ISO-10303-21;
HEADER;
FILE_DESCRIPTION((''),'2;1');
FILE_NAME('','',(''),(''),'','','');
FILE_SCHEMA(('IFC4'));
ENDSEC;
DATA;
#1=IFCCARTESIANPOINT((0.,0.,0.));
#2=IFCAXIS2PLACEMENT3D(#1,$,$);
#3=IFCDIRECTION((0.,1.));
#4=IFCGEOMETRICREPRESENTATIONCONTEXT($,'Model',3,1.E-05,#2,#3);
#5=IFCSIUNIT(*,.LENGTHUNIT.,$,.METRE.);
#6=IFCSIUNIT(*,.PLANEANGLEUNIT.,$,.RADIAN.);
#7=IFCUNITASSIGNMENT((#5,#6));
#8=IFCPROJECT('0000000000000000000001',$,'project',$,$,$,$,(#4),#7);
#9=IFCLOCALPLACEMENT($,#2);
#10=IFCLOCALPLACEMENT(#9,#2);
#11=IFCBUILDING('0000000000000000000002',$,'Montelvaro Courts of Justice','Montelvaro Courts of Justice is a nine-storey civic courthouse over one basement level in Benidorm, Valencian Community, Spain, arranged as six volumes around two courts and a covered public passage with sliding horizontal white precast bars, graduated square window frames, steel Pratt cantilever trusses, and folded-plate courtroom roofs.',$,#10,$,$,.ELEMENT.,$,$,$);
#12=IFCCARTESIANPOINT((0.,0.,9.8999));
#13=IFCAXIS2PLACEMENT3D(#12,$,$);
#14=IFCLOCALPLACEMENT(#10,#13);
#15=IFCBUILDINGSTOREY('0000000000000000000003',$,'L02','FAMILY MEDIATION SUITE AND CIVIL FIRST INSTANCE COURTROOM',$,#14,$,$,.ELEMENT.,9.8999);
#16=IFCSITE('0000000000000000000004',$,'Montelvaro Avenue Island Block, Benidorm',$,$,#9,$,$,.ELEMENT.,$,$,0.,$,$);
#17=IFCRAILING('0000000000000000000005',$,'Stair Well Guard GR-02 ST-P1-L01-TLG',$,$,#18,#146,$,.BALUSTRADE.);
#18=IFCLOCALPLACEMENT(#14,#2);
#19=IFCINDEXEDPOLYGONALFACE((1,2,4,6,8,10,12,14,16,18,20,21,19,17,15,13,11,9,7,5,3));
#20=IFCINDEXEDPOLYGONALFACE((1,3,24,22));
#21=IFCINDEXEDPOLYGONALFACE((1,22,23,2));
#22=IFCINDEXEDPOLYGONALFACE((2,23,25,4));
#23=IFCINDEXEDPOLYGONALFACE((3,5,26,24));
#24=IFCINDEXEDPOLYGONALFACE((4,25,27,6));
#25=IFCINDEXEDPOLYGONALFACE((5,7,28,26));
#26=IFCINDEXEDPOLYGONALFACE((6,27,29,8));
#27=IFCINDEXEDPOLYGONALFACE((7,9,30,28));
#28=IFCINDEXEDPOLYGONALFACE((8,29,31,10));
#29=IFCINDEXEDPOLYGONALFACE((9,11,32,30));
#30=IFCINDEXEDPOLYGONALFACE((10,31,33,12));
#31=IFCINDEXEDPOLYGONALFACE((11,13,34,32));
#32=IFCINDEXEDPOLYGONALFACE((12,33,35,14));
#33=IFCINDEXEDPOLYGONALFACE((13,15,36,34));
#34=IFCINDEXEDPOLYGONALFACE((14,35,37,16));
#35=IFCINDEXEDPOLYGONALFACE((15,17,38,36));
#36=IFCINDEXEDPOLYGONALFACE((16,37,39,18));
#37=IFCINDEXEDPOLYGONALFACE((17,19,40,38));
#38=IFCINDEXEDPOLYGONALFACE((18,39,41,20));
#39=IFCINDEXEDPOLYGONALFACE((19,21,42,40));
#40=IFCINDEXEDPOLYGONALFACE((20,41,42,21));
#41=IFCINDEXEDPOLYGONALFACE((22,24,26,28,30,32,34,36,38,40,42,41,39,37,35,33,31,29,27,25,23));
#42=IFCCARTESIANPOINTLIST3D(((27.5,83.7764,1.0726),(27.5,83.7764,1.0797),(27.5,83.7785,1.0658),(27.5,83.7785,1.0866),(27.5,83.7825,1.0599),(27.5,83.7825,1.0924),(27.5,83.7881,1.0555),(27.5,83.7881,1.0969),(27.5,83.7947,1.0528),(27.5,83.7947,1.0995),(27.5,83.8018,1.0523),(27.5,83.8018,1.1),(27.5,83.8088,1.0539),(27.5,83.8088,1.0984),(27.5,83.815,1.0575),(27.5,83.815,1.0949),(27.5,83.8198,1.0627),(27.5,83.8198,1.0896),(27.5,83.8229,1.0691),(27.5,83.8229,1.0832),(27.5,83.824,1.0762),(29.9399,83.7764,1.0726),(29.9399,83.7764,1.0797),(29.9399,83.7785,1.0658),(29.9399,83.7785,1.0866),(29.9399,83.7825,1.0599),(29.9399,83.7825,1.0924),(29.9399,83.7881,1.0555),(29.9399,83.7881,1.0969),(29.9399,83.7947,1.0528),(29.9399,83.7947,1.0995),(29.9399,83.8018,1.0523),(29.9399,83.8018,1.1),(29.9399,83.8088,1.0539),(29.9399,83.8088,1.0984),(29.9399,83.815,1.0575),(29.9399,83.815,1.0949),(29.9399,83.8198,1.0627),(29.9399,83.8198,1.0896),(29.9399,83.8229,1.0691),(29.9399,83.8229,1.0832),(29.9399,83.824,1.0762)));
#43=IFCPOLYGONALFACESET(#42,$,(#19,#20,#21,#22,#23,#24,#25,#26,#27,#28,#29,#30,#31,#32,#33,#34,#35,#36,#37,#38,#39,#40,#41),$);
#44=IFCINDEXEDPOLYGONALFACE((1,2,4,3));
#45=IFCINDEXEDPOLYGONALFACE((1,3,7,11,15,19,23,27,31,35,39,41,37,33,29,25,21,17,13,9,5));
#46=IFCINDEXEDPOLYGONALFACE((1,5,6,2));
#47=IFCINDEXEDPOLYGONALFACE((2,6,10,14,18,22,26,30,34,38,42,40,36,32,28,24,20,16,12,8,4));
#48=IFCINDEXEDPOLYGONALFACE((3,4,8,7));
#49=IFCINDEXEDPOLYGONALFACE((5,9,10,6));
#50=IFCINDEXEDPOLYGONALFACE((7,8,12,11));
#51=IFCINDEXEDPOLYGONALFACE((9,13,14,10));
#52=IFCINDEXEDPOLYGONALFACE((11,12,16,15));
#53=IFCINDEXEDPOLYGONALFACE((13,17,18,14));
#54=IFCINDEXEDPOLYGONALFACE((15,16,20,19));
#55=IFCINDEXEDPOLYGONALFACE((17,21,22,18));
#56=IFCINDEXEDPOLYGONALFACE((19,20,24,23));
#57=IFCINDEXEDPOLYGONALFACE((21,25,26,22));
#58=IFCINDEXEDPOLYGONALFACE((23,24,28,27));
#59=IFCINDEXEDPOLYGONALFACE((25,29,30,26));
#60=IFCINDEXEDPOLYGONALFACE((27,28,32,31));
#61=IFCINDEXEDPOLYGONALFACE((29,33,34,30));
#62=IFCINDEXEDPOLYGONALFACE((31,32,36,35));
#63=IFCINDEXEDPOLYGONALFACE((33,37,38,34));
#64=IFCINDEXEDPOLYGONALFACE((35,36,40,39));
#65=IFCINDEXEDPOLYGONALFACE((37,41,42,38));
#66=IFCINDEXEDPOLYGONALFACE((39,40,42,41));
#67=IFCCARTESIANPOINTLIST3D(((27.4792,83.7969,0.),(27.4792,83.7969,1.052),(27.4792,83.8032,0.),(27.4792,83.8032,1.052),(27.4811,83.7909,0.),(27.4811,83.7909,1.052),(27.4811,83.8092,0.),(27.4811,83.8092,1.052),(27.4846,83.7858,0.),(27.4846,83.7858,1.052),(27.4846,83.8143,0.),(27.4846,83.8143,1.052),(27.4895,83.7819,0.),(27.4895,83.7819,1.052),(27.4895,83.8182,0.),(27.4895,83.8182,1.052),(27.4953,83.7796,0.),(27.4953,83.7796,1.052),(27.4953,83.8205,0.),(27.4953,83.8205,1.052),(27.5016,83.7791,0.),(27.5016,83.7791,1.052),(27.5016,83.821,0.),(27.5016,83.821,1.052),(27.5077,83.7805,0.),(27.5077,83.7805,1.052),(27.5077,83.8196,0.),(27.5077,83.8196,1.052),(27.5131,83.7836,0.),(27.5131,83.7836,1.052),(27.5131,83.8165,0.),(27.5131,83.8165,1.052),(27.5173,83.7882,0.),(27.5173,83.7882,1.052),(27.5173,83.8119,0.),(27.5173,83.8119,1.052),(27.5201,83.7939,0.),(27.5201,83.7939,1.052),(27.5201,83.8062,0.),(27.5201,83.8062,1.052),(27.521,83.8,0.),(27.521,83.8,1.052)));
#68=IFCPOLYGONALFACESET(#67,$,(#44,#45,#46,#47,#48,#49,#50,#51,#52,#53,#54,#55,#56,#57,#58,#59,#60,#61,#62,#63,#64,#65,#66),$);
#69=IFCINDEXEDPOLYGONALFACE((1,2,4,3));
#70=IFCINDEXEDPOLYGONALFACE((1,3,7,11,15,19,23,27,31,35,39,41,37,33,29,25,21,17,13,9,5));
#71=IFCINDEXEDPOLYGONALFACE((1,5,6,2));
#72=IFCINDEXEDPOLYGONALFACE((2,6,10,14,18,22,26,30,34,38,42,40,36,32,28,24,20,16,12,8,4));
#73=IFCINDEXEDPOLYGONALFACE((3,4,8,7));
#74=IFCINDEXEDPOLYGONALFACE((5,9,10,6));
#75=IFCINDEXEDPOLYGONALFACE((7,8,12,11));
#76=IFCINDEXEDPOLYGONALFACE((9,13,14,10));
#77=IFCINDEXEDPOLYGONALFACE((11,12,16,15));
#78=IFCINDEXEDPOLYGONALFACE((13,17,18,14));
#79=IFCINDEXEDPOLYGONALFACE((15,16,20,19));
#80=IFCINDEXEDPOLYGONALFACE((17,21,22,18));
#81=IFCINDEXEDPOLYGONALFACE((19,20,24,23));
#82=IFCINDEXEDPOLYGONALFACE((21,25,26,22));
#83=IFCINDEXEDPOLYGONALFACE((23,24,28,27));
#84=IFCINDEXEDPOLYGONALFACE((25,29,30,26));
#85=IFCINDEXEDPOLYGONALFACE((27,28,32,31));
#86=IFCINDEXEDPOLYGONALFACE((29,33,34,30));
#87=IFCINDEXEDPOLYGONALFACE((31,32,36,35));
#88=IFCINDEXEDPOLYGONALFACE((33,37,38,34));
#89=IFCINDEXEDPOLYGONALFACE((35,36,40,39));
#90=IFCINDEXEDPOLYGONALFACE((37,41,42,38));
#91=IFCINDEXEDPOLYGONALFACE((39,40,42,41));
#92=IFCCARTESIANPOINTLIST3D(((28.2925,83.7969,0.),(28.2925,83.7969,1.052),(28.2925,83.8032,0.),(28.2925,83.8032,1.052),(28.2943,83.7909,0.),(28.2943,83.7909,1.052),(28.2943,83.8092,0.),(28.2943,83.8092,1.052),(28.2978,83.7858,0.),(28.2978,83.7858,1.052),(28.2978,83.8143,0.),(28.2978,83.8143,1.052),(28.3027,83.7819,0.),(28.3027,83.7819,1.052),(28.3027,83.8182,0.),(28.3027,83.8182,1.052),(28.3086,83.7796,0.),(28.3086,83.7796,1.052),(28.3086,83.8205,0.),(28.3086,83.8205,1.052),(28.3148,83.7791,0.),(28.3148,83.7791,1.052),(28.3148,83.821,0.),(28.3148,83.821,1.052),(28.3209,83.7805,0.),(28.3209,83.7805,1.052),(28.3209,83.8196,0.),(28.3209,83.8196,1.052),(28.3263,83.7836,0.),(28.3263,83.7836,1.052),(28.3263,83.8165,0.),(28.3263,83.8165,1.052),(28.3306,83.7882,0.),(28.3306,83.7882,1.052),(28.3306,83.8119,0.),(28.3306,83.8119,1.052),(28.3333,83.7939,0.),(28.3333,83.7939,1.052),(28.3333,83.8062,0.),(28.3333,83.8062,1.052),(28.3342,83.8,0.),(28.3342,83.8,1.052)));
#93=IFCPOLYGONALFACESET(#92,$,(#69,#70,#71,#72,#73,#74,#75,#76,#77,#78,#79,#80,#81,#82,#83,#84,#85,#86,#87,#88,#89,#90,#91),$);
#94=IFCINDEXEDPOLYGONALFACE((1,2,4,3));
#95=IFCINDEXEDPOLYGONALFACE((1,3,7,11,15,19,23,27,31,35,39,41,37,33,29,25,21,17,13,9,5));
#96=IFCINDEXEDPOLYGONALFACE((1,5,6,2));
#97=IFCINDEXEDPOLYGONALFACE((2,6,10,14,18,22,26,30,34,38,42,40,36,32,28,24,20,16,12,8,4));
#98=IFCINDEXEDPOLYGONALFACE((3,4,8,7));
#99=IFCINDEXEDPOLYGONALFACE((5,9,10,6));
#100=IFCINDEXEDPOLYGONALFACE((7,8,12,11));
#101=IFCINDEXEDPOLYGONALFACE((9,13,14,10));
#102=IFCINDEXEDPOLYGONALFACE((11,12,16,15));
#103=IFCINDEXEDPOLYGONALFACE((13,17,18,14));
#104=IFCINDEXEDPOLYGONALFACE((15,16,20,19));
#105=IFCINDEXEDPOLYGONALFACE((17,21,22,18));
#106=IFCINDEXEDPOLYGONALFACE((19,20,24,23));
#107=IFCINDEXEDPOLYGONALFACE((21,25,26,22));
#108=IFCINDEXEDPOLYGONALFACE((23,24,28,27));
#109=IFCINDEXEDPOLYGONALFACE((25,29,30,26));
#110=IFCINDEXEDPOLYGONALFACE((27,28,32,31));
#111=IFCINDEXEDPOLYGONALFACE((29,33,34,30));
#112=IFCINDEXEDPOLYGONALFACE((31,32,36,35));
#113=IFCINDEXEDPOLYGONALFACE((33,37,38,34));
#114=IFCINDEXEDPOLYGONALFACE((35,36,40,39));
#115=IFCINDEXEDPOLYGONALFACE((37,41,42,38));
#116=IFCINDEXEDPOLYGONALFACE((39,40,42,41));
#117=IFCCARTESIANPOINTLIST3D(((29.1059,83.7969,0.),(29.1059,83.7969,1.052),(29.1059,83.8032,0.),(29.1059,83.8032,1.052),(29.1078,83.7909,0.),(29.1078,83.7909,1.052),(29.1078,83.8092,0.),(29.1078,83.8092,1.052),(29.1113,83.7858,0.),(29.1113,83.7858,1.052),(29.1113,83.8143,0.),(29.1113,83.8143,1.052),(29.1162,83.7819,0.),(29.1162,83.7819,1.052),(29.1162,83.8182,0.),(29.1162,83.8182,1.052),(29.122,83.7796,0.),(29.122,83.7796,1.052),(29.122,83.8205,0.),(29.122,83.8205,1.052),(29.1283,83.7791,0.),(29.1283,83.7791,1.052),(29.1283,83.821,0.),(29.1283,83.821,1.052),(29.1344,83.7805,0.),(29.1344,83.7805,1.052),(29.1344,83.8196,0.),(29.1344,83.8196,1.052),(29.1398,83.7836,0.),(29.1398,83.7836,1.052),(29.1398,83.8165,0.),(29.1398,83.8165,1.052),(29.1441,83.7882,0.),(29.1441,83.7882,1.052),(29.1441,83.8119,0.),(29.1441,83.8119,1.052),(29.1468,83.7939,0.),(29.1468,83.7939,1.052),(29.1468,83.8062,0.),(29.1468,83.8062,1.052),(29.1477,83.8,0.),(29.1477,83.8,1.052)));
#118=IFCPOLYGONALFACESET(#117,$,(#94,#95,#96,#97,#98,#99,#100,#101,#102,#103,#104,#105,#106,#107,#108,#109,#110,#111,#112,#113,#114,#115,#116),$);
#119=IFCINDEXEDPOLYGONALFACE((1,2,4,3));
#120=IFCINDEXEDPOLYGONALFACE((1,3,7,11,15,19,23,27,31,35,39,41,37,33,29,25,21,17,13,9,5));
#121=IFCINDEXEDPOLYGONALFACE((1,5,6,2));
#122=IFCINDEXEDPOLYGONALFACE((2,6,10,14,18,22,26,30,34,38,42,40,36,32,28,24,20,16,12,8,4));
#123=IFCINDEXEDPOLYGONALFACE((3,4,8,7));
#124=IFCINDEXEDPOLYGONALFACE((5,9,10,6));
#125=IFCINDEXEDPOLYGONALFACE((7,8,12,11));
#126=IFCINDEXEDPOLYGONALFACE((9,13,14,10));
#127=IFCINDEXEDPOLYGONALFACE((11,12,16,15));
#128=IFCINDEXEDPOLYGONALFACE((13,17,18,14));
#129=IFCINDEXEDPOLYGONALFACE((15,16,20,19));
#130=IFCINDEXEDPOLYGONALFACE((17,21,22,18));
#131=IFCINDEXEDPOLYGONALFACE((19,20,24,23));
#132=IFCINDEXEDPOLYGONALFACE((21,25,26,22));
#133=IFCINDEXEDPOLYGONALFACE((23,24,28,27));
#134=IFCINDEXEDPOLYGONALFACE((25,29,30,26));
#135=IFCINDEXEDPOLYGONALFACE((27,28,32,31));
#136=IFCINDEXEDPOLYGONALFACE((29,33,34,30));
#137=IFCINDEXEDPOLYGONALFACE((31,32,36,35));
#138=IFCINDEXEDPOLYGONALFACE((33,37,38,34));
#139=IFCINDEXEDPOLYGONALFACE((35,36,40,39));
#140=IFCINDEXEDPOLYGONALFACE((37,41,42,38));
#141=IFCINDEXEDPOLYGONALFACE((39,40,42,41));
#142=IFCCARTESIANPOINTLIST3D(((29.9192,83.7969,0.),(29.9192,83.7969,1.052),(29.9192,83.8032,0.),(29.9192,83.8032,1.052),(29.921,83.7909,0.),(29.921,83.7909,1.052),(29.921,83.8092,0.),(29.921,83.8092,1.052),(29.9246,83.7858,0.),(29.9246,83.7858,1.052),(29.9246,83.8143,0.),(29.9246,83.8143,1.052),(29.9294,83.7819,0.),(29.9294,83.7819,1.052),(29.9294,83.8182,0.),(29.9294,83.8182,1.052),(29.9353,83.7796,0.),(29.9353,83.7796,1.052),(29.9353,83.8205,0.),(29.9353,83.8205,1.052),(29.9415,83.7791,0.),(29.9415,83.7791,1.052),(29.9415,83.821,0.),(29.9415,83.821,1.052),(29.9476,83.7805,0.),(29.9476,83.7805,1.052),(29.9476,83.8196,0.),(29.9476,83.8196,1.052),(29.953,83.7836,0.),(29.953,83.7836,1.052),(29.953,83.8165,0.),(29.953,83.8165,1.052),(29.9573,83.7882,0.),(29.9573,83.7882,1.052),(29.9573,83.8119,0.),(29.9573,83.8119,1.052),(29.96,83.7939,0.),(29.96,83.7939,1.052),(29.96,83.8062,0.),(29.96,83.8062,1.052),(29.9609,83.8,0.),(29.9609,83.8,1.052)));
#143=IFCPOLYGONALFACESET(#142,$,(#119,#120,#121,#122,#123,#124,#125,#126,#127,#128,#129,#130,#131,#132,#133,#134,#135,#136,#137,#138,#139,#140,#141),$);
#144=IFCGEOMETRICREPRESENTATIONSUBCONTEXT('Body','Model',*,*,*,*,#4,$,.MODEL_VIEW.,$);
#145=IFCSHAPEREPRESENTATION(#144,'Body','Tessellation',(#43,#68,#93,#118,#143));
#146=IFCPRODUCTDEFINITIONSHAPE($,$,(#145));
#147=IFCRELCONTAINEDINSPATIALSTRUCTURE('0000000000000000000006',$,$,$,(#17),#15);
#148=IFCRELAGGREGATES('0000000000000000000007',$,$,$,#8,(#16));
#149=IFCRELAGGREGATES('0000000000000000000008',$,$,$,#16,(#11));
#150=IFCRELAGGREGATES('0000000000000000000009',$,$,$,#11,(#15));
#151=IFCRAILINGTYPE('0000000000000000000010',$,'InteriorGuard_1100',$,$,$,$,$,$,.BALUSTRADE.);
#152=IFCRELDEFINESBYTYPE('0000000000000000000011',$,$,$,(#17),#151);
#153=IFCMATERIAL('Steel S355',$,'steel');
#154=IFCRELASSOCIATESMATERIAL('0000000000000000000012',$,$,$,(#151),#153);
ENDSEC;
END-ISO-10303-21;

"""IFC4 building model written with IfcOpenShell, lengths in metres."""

from ifc_helpers import new_model, si_unit, direction, frame, origin, origin_2d, place, context, subcontext, project, spatial, circle, extrude, material, type_object, element, save


model = new_model("IFC4")

# Units and contexts
model_context = context("Model", 3, precision=1e-05, world=origin(), true_north=direction((0.0, 1.0)))
body_context = subcontext(model_context, "Body", "Model", "MODEL_VIEW")
ifc_project = project(units=[si_unit("LENGTHUNIT", "METRE"), si_unit("PLANEANGLEUNIT", "RADIAN")], contexts=[model_context])

# Site, building, storey
site_placement = place(None, origin())
site = spatial("IfcSite", under=ifc_project, at=site_placement, Name="Montelvaro Avenue Island Block, Benidorm", CompositionType="ELEMENT", RefElevation=0.0)
building_placement = place(site_placement, origin())
building = spatial("IfcBuilding", under=site, at=building_placement, Name="Montelvaro Courts of Justice", Description="Montelvaro Courts of Justice is a nine-storey civic courthouse over one basement level in Benidorm, Valencian Community, Spain, arranged as six volumes around two courts and a covered public passage with sliding horizontal white precast bars, graduated square window frames, steel Pratt cantilever trusses, and folded-plate courtroom roofs.", CompositionType="ELEMENT")
storey_placement = place(building_placement, frame((0.0, 0.0, 9.8999)))
storey = spatial("IfcBuildingStorey", under=building, at=storey_placement, Name="L02", Description="FAMILY MEDIATION SUITE AND CIVIL FIRST INSTANCE COURTROOM", CompositionType="ELEMENT", Elevation=9.8999)

# Shared definitions
ifc_material_1 = material(Name="Steel S355", Category="steel")

# Railing
railing_type = type_object("IfcRailingType", Name="InteriorGuard_1100", PredefinedType="BALUSTRADE", material=ifc_material_1)
railing_1_placement = place(storey_placement, frame((27.5, 83.8, 0.0)))
element("IfcRailing", 1, at=railing_1_placement, inside=storey, type_object=railing_type, Name="Stair Well Guard GR-02 ST-P1-L01-TLG", PredefinedType="BALUSTRADE", context=body_context, shape_type="SweptSolid", body=[
    extrude(circle(Radius=0.0239, at=origin_2d()), frame((0.0, 0.0, 1.0762), z_axis=(1.0, 0.0, 0.0), x_axis=(0.0, 1.0, 0.0)), (0.0, 0.0, 1.0), 2.4399),
    extrude(circle(Radius=0.021, at=origin_2d()), origin(), (0.0, 0.0, 1.0), 1.052),
    extrude(circle(Radius=0.021, at=origin_2d()), frame((0.8132, 0.0, 0.0)), (0.0, 0.0, 1.0), 1.052),
    extrude(circle(Radius=0.021, at=origin_2d()), frame((1.6267, 0.0, 0.0)), (0.0, 0.0, 1.0), 1.052),
    extrude(circle(Radius=0.021, at=origin_2d()), frame((2.4399, 0.0, 0.0)), (0.0, 0.0, 1.0), 1.052),
])

save(model, "model.ifc")
